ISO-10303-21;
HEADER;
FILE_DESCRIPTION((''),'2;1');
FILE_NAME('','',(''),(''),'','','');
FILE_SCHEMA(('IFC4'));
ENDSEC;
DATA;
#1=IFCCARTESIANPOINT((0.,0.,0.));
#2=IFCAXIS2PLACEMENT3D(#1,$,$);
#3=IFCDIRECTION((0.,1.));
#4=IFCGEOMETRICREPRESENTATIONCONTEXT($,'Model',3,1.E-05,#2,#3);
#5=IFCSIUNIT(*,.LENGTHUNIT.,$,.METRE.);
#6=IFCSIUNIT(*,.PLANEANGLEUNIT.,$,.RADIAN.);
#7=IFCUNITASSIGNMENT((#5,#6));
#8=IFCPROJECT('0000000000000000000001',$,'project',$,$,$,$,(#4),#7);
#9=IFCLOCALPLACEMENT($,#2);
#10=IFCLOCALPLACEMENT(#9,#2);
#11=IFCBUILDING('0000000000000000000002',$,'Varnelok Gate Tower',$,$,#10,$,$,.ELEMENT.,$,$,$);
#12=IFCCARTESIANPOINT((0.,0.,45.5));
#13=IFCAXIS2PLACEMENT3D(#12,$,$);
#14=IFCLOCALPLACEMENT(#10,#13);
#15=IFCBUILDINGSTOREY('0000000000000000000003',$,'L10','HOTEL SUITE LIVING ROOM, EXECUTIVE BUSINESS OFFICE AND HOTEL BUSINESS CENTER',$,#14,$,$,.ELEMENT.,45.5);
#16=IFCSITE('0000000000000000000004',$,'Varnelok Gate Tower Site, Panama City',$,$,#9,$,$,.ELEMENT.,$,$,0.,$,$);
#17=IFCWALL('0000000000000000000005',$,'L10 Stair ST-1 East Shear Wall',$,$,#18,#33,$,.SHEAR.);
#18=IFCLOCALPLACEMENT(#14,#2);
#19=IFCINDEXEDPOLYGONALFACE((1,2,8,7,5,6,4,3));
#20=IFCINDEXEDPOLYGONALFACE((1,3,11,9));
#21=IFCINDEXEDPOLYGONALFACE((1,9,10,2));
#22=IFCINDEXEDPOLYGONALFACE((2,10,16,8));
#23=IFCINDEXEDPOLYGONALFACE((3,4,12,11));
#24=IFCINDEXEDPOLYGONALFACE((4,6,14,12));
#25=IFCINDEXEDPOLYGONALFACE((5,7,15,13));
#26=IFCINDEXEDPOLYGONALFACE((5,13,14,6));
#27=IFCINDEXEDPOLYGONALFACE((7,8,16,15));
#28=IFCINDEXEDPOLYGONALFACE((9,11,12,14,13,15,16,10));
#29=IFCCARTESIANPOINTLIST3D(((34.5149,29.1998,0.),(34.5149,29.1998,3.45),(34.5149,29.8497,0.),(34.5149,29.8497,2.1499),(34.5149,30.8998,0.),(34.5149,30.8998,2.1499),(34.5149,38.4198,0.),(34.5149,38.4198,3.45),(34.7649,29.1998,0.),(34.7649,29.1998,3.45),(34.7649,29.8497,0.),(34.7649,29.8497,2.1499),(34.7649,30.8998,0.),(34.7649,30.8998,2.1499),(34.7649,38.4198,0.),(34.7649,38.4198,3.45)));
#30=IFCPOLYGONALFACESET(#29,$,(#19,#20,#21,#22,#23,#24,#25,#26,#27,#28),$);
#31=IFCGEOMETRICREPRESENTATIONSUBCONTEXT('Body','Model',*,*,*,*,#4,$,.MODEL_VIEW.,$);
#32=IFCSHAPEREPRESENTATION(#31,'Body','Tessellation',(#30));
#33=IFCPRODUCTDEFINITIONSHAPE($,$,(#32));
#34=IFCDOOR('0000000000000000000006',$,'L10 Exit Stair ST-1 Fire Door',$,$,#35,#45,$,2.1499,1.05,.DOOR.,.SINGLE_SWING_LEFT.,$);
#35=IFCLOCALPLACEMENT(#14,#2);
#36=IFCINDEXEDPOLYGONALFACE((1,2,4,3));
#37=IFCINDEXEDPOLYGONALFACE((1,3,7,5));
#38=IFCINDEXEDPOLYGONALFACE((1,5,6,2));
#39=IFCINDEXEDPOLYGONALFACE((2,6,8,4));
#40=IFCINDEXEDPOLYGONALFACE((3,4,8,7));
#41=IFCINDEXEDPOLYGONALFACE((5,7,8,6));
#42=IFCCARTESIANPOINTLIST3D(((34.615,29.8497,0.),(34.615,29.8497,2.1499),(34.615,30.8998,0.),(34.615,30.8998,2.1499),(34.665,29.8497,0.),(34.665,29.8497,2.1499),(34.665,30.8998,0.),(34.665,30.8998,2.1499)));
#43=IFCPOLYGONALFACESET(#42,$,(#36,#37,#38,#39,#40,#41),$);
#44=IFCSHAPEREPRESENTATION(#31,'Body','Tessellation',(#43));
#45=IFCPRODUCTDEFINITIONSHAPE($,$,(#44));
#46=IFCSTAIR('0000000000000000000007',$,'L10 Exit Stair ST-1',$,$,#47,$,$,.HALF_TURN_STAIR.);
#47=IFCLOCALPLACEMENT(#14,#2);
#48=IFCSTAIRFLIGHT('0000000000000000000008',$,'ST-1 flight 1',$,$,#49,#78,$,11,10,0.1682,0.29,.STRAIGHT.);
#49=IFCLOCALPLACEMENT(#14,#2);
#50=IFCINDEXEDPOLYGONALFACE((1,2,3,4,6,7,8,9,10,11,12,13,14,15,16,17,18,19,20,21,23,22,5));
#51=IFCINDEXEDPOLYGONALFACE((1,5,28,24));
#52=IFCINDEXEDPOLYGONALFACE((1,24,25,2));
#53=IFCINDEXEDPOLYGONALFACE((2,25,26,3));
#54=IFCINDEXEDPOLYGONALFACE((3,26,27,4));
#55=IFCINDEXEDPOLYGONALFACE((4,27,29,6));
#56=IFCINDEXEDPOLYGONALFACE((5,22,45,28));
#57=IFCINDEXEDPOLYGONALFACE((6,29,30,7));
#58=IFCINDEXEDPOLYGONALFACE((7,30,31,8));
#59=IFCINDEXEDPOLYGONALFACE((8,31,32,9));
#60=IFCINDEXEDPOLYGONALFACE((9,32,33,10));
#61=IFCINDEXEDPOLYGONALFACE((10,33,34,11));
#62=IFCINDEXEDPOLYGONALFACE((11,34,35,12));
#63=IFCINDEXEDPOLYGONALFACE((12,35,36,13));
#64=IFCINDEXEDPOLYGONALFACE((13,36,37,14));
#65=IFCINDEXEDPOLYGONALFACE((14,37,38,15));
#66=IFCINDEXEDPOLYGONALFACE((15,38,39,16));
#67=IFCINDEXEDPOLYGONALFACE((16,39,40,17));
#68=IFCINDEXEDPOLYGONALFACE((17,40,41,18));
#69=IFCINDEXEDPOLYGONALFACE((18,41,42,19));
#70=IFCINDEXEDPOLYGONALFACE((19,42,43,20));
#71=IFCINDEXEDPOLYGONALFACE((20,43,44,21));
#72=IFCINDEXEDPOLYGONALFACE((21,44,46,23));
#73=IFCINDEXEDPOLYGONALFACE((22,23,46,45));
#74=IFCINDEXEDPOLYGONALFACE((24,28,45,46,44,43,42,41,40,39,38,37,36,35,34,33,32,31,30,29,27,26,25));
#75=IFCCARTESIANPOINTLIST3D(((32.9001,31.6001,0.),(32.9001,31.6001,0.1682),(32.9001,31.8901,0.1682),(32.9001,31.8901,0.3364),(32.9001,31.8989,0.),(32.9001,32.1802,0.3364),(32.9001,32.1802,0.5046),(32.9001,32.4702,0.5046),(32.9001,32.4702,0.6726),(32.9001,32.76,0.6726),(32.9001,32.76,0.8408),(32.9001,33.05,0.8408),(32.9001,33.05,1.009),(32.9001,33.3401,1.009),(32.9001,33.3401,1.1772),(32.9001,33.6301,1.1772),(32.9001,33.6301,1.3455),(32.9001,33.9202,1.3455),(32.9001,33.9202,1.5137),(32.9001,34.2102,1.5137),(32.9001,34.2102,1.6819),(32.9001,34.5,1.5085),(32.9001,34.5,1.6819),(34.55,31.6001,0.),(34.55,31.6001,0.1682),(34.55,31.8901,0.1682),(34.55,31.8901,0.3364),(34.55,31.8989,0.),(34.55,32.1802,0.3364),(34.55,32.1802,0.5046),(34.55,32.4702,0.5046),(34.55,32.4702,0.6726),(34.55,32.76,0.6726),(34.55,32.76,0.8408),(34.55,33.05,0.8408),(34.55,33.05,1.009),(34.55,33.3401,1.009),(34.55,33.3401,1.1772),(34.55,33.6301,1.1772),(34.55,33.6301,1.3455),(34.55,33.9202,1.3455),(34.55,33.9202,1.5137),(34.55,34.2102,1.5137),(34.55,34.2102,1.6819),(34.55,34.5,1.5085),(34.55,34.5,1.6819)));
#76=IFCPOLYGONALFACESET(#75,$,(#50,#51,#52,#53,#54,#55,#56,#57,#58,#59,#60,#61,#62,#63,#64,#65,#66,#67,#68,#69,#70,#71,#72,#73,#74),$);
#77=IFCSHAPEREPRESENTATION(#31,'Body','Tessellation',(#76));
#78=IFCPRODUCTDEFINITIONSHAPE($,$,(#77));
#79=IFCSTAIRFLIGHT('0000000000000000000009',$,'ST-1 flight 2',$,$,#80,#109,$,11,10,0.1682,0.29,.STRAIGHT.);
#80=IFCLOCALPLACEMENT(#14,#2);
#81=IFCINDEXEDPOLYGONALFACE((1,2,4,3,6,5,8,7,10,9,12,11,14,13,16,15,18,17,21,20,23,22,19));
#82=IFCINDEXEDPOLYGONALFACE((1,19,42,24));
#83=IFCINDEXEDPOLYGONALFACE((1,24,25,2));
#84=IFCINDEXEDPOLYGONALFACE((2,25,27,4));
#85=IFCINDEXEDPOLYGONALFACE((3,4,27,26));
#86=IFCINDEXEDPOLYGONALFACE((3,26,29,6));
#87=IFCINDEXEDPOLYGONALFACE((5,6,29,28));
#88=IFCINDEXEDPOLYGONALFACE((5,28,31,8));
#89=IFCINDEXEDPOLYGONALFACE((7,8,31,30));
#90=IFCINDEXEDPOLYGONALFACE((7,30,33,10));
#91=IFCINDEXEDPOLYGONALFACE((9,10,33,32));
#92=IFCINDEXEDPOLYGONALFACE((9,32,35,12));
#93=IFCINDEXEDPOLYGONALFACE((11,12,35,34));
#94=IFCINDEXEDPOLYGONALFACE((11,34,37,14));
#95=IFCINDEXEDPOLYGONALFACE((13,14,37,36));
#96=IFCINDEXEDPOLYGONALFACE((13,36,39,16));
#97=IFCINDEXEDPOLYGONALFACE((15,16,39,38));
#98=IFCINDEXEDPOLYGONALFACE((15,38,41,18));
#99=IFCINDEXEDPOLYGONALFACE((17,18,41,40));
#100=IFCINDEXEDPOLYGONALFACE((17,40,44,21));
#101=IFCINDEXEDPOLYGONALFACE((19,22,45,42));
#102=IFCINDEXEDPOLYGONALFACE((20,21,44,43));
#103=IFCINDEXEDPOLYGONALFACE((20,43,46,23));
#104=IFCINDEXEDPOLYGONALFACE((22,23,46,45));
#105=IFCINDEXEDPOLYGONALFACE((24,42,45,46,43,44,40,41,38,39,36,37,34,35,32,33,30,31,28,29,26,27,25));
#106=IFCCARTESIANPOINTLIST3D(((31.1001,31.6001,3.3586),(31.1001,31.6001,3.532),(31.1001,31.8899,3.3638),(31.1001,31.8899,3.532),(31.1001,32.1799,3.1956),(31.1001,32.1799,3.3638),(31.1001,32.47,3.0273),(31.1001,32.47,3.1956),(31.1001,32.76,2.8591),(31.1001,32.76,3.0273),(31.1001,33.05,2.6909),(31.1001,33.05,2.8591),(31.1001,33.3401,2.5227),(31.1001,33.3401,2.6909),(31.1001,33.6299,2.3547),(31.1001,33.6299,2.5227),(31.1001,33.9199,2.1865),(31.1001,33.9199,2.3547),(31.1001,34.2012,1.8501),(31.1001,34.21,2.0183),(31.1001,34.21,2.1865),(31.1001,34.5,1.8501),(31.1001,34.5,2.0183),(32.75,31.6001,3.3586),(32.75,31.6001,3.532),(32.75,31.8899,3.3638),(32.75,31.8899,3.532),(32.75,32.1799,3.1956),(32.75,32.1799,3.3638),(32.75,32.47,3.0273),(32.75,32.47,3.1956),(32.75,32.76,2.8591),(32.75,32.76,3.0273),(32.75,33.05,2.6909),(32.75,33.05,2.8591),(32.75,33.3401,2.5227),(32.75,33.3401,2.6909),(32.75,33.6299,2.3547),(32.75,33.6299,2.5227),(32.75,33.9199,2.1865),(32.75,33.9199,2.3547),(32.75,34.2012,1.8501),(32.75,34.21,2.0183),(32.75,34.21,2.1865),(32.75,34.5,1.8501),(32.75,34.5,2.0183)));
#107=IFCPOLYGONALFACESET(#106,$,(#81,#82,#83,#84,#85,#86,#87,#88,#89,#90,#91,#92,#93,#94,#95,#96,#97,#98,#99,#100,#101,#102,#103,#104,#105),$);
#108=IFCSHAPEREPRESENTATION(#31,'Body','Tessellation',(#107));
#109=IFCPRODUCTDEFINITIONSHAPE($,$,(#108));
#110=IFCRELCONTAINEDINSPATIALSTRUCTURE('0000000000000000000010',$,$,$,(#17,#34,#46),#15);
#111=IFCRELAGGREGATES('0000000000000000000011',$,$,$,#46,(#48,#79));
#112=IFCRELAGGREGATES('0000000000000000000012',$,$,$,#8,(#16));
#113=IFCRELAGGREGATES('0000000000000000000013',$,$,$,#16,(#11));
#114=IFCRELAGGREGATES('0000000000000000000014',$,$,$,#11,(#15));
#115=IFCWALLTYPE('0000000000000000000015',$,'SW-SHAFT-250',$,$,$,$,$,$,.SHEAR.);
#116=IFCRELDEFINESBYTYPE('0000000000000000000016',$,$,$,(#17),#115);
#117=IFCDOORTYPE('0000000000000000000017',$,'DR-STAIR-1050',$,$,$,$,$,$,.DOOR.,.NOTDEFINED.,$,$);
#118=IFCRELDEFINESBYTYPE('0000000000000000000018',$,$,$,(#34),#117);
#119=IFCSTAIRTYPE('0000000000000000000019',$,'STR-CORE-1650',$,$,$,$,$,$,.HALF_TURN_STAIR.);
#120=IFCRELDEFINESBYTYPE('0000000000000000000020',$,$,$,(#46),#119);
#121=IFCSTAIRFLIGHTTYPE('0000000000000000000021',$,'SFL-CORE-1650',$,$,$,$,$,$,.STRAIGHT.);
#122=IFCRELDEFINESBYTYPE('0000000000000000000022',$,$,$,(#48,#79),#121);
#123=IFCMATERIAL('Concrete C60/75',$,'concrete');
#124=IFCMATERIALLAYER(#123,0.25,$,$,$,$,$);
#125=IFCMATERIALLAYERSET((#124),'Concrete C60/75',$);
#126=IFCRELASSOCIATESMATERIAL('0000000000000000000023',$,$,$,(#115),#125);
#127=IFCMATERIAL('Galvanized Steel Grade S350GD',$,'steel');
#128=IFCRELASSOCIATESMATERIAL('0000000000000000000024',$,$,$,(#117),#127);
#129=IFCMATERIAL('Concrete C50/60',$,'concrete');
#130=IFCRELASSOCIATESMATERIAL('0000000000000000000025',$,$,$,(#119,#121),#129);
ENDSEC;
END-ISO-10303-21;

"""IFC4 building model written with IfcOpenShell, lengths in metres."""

from ifc_helpers import new_model, si_unit, direction, frame, frame_2d, origin, place, context, subcontext, project, spatial, polyline, rectangle, outline, extrude, material, layer, layer_set, type_object, element, fill, aggregate, save


model = new_model("IFC4")

# Units and contexts
model_context = context("Model", 3, precision=1e-05, world=origin(), true_north=direction((0.0, 1.0)))
body_context = subcontext(model_context, "Body", "Model", "MODEL_VIEW")
ifc_project = project(units=[si_unit("LENGTHUNIT", "METRE"), si_unit("PLANEANGLEUNIT", "RADIAN")], contexts=[model_context])

# Site, building, storey
site_placement = place(None, origin())
site = spatial("IfcSite", under=ifc_project, at=site_placement, Name="Varnelok Gate Tower Site, Panama City", CompositionType="ELEMENT", RefElevation=0.0)
building_placement = place(site_placement, origin())
building = spatial("IfcBuilding", under=site, at=building_placement, Name="Varnelok Gate Tower", CompositionType="ELEMENT")
storey_placement = place(building_placement, frame((0.0, 0.0, 45.5)))
storey = spatial("IfcBuildingStorey", under=building, at=storey_placement, Name="L10", Description="HOTEL SUITE LIVING ROOM, EXECUTIVE BUSINESS OFFICE AND HOTEL BUSINESS CENTER", CompositionType="ELEMENT", Elevation=45.5)

# Shared definitions
ifc_material_1 = material(Name="Concrete C60/75", Category="concrete")

# Shared definitions
ifc_material_2 = material(Name="Galvanized Steel Grade S350GD", Category="steel")

# Wall, opening, door
ifc_layer_1 = layer(ifc_material_1, 0.25)
ifc_layer_set_1 = layer_set([ifc_layer_1], Name="Concrete C60/75")
wall_type_1 = type_object("IfcWallType", Name="SW-SHAFT-250", PredefinedType="SHEAR", material=ifc_layer_set_1)
wall_1_placement = place(storey_placement, frame((34.6399, 29.2, 0.0), z_axis=(0.0, 0.0, 1.0), x_axis=(0.0, 1.0, 0.0)))
wall_1 = element("IfcWall", 1, at=wall_1_placement, inside=storey, type_object=wall_type_1, Name="L10 Stair ST-1 East Shear Wall", PredefinedType="SHEAR", context=body_context, shape_type="SweptSolid", body=[
    extrude(rectangle(XDim=9.22, YDim=0.25, at=frame_2d((4.6099, 0.0))), origin(), (0.0, 0.0, 1.0), 3.45),
])
opening_1_placement = place(wall_1_placement, frame((0.6499, 0.0, 0.0)))
opening_1 = element("IfcOpeningElement", 2, at=opening_1_placement, cuts=wall_1, PredefinedType="OPENING", context=body_context, shape_type="SweptSolid", body=[
    extrude(rectangle(XDim=1.05, YDim=2.1499, at=frame_2d((0.5249, 1.075))), frame((0.0, 0.135, 0.0), z_axis=(0.0, -1.0, 0.0), x_axis=(1.0, 0.0, 0.0)), (0.0, 0.0, 1.0), 0.27),
])
door_type_1 = type_object("IfcDoorType", Name="DR-STAIR-1050", OperationType="NOTDEFINED", PredefinedType="DOOR", material=ifc_material_2)
door_1_placement = place(opening_1_placement, origin())
door_1 = element("IfcDoor", 3, at=door_1_placement, inside=storey, type_object=door_type_1, Name="L10 Exit Stair ST-1 Fire Door", OperationType="SINGLE_SWING_LEFT", OverallHeight=2.1499, OverallWidth=1.05, PredefinedType="DOOR", context=body_context, shape_type="SweptSolid", body=[
    extrude(rectangle(XDim=1.05, YDim=2.1499, at=frame_2d((0.5249, 1.075))), frame((0.0, 0.0249, 0.0), z_axis=(0.0, -1.0, 0.0), x_axis=(1.0, 0.0, 0.0)), (0.0, 0.0, 1.0), 0.05),
])
fill(opening_1, door_1)

# Stair, stair flights
ifc_material_3 = material(Name="Concrete C50/60", Category="concrete")
stair_type = type_object("IfcStairType", Name="STR-CORE-1650", PredefinedType="HALF_TURN_STAIR", material=ifc_material_3)
stair_placement = place(storey_placement, origin())
stair = element("IfcStair", 4, at=stair_placement, inside=storey, type_object=stair_type, Name="L10 Exit Stair ST-1", PredefinedType="HALF_TURN_STAIR")
stair_flight_type = type_object("IfcStairFlightType", Name="SFL-CORE-1650", PredefinedType="STRAIGHT", material=ifc_material_3)
stair_flight_1_placement = place(storey_placement, frame((33.7251, 31.6001, 0.0), z_axis=(0.0, 0.0, 1.0), x_axis=(0.0, 1.0, 0.0)))
stair_flight_1 = element("IfcStairFlight", 5, at=stair_flight_1_placement, type_object=stair_flight_type, Name="ST-1 flight 1", NumberOfRisers=11, NumberOfTreads=10, PredefinedType="STRAIGHT", RiserHeight=0.1682, TreadLength=0.29, context=body_context, shape_type="SweptSolid", body=[
    extrude(outline(polyline([(0.0, 0.0), (0.0, 0.1682), (0.29, 0.1682), (0.29, 0.3364), (0.5801, 0.3364), (0.5801, 0.5046), (0.8701, 0.5046), (0.8701, 0.6726), (1.1599, 0.6726), (1.1599, 0.8408), (1.45, 0.8408), (1.45, 1.009), (1.74, 1.009), (1.74, 1.1772), (2.03, 1.1772), (2.03, 1.3455), (2.3201, 1.3455), (2.3201, 1.5137), (2.6101, 1.5137), (2.6101, 1.6819), (2.8999, 1.6819), (2.8999, 1.8501), (2.8999, 1.5085), (0.2988, 0.0), (0.0, 0.0)])), frame((0.0, 0.825, 0.0), z_axis=(0.0, -1.0, 0.0), x_axis=(1.0, 0.0, 0.0)), (0.0, 0.0, 1.0), 1.6499),
])
stair_flight_2_placement = place(storey_placement, frame((31.925, 34.5, 1.8501), z_axis=(0.0, 0.0, 1.0), x_axis=(0.0, -1.0, 0.0)))
stair_flight_2 = element("IfcStairFlight", 6, at=stair_flight_2_placement, type_object=stair_flight_type, Name="ST-1 flight 2", NumberOfRisers=11, NumberOfTreads=10, PredefinedType="STRAIGHT", RiserHeight=0.1682, TreadLength=0.29, context=body_context, shape_type="SweptSolid", body=[
    extrude(outline(polyline([(0.0, 0.0), (0.0, 0.1682), (0.29, 0.1682), (0.29, 0.3364), (0.5801, 0.3364), (0.5801, 0.5046), (0.8701, 0.5046), (0.8701, 0.6726), (1.1599, 0.6726), (1.1599, 0.8408), (1.45, 0.8408), (1.45, 1.009), (1.74, 1.009), (1.74, 1.1772), (2.03, 1.1772), (2.03, 1.3455), (2.3201, 1.3455), (2.3201, 1.5137), (2.6101, 1.5137), (2.6101, 1.6819), (2.8999, 1.6819), (2.8999, 1.8501), (2.8999, 1.5085), (0.2988, 0.0), (0.0, 0.0)])), frame((0.0, 0.825, 0.0), z_axis=(0.0, -1.0, 0.0), x_axis=(1.0, 0.0, 0.0)), (0.0, 0.0, 1.0), 1.6499),
])
aggregate(stair, [stair_flight_1, stair_flight_2])

save(model, "model.ifc")
